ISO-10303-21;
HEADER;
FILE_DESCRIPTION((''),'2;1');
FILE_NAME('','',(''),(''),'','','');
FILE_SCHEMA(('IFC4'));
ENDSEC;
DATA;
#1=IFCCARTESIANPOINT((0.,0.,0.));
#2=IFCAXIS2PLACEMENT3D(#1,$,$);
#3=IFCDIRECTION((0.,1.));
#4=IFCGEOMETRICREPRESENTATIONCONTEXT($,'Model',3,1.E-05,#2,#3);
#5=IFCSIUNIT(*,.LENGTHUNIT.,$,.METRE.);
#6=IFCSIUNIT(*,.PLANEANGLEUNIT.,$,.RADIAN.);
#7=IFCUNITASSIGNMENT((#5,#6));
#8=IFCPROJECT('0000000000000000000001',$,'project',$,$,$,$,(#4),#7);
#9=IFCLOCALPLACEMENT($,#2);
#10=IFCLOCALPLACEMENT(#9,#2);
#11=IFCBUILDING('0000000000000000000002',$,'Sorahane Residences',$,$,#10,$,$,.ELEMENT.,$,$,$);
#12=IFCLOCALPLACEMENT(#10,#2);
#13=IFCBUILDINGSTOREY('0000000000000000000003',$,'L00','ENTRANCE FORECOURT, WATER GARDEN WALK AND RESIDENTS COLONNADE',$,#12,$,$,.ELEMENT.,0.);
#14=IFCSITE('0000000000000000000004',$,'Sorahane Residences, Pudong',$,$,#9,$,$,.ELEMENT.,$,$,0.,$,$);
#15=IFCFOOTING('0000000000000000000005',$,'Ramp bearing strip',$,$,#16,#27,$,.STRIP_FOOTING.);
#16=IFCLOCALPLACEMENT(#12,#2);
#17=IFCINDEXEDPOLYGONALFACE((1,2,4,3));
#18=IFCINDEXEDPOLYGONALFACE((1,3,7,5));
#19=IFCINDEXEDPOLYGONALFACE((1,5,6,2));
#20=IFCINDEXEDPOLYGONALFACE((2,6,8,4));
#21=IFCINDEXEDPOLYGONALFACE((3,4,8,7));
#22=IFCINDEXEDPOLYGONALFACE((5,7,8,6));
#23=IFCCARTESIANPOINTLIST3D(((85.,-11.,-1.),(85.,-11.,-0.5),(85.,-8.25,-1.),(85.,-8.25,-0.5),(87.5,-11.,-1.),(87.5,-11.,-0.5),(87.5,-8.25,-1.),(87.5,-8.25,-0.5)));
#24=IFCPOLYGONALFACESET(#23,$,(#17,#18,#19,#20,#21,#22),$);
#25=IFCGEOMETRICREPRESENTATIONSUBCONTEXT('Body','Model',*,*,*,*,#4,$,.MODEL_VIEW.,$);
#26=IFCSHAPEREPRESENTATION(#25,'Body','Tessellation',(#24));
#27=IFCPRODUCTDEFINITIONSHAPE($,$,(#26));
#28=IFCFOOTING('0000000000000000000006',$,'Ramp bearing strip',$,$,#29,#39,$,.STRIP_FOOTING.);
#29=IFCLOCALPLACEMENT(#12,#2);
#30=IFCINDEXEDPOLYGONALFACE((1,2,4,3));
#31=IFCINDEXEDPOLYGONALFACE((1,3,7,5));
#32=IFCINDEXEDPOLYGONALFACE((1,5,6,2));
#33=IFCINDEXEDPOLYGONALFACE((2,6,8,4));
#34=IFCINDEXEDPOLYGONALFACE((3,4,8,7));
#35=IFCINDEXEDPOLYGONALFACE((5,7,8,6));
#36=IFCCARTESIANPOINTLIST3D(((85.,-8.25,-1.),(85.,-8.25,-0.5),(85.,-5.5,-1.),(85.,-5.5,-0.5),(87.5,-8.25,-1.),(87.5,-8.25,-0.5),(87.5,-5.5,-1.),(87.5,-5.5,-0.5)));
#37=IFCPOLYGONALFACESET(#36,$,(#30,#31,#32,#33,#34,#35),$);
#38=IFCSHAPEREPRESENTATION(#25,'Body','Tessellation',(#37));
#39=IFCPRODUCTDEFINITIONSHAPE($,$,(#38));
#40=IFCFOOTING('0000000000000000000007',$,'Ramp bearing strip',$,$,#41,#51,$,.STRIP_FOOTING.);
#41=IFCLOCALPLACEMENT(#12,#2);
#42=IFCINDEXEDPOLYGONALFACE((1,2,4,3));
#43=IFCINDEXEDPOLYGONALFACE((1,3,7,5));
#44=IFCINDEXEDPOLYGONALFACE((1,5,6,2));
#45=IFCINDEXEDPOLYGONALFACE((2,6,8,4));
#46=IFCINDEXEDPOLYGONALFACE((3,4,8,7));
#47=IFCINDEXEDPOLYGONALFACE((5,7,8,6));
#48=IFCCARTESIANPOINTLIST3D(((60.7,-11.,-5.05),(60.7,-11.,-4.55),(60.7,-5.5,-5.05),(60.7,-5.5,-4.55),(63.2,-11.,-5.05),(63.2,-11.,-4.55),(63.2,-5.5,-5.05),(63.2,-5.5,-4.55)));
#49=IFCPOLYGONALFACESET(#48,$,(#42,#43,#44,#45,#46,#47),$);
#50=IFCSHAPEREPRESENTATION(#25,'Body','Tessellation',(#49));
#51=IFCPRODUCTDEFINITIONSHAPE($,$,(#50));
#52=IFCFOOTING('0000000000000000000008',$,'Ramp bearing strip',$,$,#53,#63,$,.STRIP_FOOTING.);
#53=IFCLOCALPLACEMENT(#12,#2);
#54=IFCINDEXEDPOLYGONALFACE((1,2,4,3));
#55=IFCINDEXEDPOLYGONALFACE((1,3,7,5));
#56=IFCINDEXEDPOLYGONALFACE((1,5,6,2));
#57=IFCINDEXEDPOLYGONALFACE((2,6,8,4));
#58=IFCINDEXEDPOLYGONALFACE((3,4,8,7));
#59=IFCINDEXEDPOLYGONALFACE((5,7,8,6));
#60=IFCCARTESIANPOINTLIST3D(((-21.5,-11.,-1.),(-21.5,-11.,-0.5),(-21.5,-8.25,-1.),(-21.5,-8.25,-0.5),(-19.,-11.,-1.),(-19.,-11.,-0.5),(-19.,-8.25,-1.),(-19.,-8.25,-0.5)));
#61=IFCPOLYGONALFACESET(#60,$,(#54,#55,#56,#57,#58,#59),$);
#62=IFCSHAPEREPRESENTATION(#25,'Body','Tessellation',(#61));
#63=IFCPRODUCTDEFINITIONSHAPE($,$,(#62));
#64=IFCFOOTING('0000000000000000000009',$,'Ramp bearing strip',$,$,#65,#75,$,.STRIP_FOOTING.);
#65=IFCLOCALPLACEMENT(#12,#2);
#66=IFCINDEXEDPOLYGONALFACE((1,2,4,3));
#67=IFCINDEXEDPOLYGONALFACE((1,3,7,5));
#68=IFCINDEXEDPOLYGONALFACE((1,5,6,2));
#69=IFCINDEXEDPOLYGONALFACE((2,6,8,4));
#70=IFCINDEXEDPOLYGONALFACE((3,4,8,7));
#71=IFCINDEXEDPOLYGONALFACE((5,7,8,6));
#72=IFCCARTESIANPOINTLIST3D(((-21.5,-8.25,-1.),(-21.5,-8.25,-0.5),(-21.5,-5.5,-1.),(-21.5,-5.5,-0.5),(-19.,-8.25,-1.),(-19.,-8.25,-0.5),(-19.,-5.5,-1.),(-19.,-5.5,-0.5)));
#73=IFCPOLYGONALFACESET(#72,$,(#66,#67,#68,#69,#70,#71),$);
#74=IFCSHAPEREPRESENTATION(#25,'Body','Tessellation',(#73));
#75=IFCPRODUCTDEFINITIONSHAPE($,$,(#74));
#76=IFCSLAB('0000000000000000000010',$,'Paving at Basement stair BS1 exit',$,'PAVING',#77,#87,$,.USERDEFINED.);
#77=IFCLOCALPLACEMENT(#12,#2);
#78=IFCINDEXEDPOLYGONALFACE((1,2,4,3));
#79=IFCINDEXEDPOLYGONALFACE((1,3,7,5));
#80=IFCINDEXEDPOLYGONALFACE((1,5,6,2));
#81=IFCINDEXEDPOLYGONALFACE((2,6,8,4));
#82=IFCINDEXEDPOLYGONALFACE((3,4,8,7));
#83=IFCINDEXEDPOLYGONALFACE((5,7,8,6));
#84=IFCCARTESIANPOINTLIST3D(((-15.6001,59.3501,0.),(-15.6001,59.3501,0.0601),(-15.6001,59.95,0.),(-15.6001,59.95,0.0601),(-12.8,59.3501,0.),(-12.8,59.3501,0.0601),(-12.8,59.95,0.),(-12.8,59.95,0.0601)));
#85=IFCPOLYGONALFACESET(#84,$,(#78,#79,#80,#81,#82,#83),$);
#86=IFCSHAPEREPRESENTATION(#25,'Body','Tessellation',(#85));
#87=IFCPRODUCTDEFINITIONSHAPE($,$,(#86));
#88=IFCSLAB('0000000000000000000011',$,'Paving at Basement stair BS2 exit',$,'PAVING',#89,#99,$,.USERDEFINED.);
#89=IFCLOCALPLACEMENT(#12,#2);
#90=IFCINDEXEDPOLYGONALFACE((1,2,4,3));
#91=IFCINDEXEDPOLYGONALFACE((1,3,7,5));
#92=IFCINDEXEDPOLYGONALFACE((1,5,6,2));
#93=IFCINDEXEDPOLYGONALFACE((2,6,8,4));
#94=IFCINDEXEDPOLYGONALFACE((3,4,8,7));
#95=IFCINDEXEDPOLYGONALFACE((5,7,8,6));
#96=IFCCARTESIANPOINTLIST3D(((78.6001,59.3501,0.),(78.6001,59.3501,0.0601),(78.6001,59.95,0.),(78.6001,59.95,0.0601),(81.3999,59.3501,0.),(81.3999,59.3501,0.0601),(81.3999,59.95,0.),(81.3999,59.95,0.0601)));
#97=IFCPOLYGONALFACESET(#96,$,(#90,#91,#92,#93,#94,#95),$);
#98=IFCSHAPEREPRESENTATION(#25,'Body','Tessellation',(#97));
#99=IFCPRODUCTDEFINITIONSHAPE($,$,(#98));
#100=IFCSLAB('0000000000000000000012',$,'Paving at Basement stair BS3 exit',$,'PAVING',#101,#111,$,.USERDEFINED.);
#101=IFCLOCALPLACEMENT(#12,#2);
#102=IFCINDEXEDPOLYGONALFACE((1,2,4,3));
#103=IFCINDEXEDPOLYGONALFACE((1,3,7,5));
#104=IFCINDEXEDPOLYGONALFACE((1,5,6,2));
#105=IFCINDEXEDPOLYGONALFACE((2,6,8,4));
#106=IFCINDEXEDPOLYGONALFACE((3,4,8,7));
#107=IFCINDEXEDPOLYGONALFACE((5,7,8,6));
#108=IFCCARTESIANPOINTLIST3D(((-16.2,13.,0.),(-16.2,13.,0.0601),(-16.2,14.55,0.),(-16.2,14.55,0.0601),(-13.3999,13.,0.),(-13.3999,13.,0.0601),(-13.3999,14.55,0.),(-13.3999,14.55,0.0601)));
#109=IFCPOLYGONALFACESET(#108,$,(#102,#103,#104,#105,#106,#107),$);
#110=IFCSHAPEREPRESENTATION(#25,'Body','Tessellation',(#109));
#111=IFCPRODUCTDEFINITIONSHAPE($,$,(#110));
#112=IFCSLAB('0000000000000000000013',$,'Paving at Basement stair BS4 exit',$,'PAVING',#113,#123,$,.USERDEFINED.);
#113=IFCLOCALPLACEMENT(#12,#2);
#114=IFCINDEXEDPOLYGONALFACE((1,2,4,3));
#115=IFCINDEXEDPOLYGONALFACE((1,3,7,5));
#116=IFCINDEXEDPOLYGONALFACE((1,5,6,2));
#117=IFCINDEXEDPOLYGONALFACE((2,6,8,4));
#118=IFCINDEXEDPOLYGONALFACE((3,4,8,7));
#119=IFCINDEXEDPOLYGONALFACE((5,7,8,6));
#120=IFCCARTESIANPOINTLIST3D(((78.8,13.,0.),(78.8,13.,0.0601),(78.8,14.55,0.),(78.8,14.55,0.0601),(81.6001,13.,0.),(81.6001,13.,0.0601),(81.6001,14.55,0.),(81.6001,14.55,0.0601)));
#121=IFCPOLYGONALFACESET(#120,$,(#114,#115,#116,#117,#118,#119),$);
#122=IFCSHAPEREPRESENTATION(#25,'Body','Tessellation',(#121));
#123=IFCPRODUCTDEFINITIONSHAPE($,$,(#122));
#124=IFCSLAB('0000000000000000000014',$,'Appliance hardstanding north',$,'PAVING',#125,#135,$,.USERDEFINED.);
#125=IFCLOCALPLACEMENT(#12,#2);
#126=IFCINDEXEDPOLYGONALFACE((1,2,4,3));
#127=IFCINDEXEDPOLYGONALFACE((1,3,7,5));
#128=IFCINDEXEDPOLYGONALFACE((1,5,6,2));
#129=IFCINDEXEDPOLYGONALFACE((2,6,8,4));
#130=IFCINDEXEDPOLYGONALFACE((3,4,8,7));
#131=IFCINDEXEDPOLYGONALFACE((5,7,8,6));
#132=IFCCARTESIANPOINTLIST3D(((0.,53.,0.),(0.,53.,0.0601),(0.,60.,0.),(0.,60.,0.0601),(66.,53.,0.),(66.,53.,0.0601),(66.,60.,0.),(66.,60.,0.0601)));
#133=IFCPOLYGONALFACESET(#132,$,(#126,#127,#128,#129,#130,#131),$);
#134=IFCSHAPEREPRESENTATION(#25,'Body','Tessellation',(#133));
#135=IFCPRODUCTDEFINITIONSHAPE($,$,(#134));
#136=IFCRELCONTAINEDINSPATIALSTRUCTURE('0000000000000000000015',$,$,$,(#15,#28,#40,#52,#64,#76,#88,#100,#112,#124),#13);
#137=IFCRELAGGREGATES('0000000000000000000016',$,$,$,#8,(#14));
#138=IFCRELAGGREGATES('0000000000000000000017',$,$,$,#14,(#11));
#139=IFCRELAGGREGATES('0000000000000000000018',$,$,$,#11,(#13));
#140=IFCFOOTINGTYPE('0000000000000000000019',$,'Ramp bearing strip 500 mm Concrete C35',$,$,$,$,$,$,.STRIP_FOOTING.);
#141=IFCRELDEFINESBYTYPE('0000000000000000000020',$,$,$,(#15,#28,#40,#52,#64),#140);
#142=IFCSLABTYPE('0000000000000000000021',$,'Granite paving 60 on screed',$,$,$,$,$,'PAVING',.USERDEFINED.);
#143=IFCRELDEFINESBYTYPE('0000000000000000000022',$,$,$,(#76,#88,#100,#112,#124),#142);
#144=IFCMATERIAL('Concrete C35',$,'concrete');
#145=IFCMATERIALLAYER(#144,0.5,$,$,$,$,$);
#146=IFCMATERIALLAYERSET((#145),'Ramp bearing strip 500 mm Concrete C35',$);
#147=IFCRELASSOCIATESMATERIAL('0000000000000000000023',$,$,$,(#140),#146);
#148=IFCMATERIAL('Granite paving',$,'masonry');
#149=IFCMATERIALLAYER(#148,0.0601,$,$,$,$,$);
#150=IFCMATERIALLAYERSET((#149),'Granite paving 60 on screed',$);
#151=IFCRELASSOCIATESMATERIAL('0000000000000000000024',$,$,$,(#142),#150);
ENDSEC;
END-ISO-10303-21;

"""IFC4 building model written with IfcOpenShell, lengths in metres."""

from ifc_helpers import new_model, si_unit, direction, frame, origin, place, context, subcontext, project, spatial, polyline, outline, extrude, material, layer, layer_set, type_object, element, save


model = new_model("IFC4")

# Units and contexts
model_context = context("Model", 3, precision=1e-05, world=origin(), true_north=direction((0.0, 1.0)))
body_context = subcontext(model_context, "Body", "Model", "MODEL_VIEW")
ifc_project = project(units=[si_unit("LENGTHUNIT", "METRE"), si_unit("PLANEANGLEUNIT", "RADIAN")], contexts=[model_context])

# Site, building, storey
site_placement = place(None, origin())
site = spatial("IfcSite", under=ifc_project, at=site_placement, Name="Sorahane Residences, Pudong", CompositionType="ELEMENT", RefElevation=0.0)
building_placement = place(site_placement, origin())
building = spatial("IfcBuilding", under=site, at=building_placement, Name="Sorahane Residences", CompositionType="ELEMENT")
storey_placement = place(building_placement, origin())
storey = spatial("IfcBuildingStorey", under=building, at=storey_placement, Name="L00", Description="ENTRANCE FORECOURT, WATER GARDEN WALK AND RESIDENTS COLONNADE", CompositionType="ELEMENT", Elevation=0.0)

# Footings
ifc_material_1 = material(Name="Concrete C35", Category="concrete")
ifc_layer_1 = layer(ifc_material_1, 0.5)
ifc_layer_set_1 = layer_set([ifc_layer_1], Name="Ramp bearing strip 500 mm Concrete C35")
footing_type = type_object("IfcFootingType", Name="Ramp bearing strip 500 mm Concrete C35", PredefinedType="STRIP_FOOTING", material=ifc_layer_set_1)
footing_1_placement = place(storey_placement, frame((0.0, 0.0, -1.0)))
element("IfcFooting", 1, at=footing_1_placement, inside=storey, type_object=footing_type, Name="Ramp bearing strip", PredefinedType="STRIP_FOOTING", context=body_context, shape_type="SweptSolid", body=[
    extrude(outline(polyline([(85.0, -11.0), (87.5, -11.0), (87.5, -8.25), (85.0, -8.25), (85.0, -11.0)])), origin(), (0.0, 0.0, 1.0), 0.5),
])
footing_2_placement = place(storey_placement, frame((0.0, 0.0, -1.0)))
element("IfcFooting", 2, at=footing_2_placement, inside=storey, type_object=footing_type, Name="Ramp bearing strip", PredefinedType="STRIP_FOOTING", context=body_context, shape_type="SweptSolid", body=[
    extrude(outline(polyline([(85.0, -8.25), (87.5, -8.25), (87.5, -5.5), (85.0, -5.5), (85.0, -8.25)])), origin(), (0.0, 0.0, 1.0), 0.5),
])
footing_3_placement = place(storey_placement, frame((0.0, 0.0, -5.05)))
element("IfcFooting", 3, at=footing_3_placement, inside=storey, type_object=footing_type, Name="Ramp bearing strip", PredefinedType="STRIP_FOOTING", context=body_context, shape_type="SweptSolid", body=[
    extrude(outline(polyline([(60.7, -11.0), (63.2, -11.0), (63.2, -5.5), (60.7, -5.5), (60.7, -11.0)])), origin(), (0.0, 0.0, 1.0), 0.5),
])
footing_4_placement = place(storey_placement, frame((0.0, 0.0, -1.0)))
element("IfcFooting", 4, at=footing_4_placement, inside=storey, type_object=footing_type, Name="Ramp bearing strip", PredefinedType="STRIP_FOOTING", context=body_context, shape_type="SweptSolid", body=[
    extrude(outline(polyline([(-21.5, -11.0), (-19.0, -11.0), (-19.0, -8.25), (-21.5, -8.25), (-21.5, -11.0)])), origin(), (0.0, 0.0, 1.0), 0.5),
])
footing_5_placement = place(storey_placement, frame((0.0, 0.0, -1.0)))
element("IfcFooting", 5, at=footing_5_placement, inside=storey, type_object=footing_type, Name="Ramp bearing strip", PredefinedType="STRIP_FOOTING", context=body_context, shape_type="SweptSolid", body=[
    extrude(outline(polyline([(-21.5, -8.25), (-19.0, -8.25), (-19.0, -5.5), (-21.5, -5.5), (-21.5, -8.25)])), origin(), (0.0, 0.0, 1.0), 0.5),
])

# Slabs
ifc_material_2 = material(Name="Granite paving", Category="masonry")
ifc_layer_2 = layer(ifc_material_2, 0.0601)
ifc_layer_set_2 = layer_set([ifc_layer_2], Name="Granite paving 60 on screed")
slab_type_1 = type_object("IfcSlabType", Name="Granite paving 60 on screed", ElementType="PAVING", PredefinedType="USERDEFINED", material=ifc_layer_set_2)
slab_1_placement = place(storey_placement, origin())
element("IfcSlab", 6, at=slab_1_placement, inside=storey, type_object=slab_type_1, Name="Paving at Basement stair BS1 exit", ObjectType="PAVING", PredefinedType="USERDEFINED", context=body_context, shape_type="SweptSolid", body=[
    extrude(outline(polyline([(-15.6001, 59.3501), (-12.8, 59.3501), (-12.8, 59.95), (-15.6001, 59.95), (-15.6001, 59.3501)])), origin(), (0.0, 0.0, 1.0), 0.0601),
])
slab_2_placement = place(storey_placement, origin())
element("IfcSlab", 7, at=slab_2_placement, inside=storey, type_object=slab_type_1, Name="Paving at Basement stair BS2 exit", ObjectType="PAVING", PredefinedType="USERDEFINED", context=body_context, shape_type="SweptSolid", body=[
    extrude(outline(polyline([(78.6001, 59.3501), (81.3999, 59.3501), (81.3999, 59.95), (78.6001, 59.95), (78.6001, 59.3501)])), origin(), (0.0, 0.0, 1.0), 0.0601),
])
slab_3_placement = place(storey_placement, origin())
element("IfcSlab", 8, at=slab_3_placement, inside=storey, type_object=slab_type_1, Name="Paving at Basement stair BS3 exit", ObjectType="PAVING", PredefinedType="USERDEFINED", context=body_context, shape_type="SweptSolid", body=[
    extrude(outline(polyline([(-16.2, 13.0), (-13.3999, 13.0), (-13.3999, 14.55), (-16.2, 14.55), (-16.2, 13.0)])), origin(), (0.0, 0.0, 1.0), 0.0601),
])
slab_4_placement = place(storey_placement, origin())
element("IfcSlab", 9, at=slab_4_placement, inside=storey, type_object=slab_type_1, Name="Paving at Basement stair BS4 exit", ObjectType="PAVING", PredefinedType="USERDEFINED", context=body_context, shape_type="SweptSolid", body=[
    extrude(outline(polyline([(78.8, 13.0), (81.6001, 13.0), (81.6001, 14.55), (78.8, 14.55), (78.8, 13.0)])), origin(), (0.0, 0.0, 1.0), 0.0601),
])
slab_5_placement = place(storey_placement, origin())
element("IfcSlab", 10, at=slab_5_placement, inside=storey, type_object=slab_type_1, Name="Appliance hardstanding north", ObjectType="PAVING", PredefinedType="USERDEFINED", context=body_context, shape_type="SweptSolid", body=[
    extrude(outline(polyline([(0.0, 53.0), (0.0, 60.0), (66.0, 60.0), (66.0, 53.0), (0.0, 53.0)])), origin(), (0.0, 0.0, 1.0), 0.0601),
])

save(model, "model.ifc")
